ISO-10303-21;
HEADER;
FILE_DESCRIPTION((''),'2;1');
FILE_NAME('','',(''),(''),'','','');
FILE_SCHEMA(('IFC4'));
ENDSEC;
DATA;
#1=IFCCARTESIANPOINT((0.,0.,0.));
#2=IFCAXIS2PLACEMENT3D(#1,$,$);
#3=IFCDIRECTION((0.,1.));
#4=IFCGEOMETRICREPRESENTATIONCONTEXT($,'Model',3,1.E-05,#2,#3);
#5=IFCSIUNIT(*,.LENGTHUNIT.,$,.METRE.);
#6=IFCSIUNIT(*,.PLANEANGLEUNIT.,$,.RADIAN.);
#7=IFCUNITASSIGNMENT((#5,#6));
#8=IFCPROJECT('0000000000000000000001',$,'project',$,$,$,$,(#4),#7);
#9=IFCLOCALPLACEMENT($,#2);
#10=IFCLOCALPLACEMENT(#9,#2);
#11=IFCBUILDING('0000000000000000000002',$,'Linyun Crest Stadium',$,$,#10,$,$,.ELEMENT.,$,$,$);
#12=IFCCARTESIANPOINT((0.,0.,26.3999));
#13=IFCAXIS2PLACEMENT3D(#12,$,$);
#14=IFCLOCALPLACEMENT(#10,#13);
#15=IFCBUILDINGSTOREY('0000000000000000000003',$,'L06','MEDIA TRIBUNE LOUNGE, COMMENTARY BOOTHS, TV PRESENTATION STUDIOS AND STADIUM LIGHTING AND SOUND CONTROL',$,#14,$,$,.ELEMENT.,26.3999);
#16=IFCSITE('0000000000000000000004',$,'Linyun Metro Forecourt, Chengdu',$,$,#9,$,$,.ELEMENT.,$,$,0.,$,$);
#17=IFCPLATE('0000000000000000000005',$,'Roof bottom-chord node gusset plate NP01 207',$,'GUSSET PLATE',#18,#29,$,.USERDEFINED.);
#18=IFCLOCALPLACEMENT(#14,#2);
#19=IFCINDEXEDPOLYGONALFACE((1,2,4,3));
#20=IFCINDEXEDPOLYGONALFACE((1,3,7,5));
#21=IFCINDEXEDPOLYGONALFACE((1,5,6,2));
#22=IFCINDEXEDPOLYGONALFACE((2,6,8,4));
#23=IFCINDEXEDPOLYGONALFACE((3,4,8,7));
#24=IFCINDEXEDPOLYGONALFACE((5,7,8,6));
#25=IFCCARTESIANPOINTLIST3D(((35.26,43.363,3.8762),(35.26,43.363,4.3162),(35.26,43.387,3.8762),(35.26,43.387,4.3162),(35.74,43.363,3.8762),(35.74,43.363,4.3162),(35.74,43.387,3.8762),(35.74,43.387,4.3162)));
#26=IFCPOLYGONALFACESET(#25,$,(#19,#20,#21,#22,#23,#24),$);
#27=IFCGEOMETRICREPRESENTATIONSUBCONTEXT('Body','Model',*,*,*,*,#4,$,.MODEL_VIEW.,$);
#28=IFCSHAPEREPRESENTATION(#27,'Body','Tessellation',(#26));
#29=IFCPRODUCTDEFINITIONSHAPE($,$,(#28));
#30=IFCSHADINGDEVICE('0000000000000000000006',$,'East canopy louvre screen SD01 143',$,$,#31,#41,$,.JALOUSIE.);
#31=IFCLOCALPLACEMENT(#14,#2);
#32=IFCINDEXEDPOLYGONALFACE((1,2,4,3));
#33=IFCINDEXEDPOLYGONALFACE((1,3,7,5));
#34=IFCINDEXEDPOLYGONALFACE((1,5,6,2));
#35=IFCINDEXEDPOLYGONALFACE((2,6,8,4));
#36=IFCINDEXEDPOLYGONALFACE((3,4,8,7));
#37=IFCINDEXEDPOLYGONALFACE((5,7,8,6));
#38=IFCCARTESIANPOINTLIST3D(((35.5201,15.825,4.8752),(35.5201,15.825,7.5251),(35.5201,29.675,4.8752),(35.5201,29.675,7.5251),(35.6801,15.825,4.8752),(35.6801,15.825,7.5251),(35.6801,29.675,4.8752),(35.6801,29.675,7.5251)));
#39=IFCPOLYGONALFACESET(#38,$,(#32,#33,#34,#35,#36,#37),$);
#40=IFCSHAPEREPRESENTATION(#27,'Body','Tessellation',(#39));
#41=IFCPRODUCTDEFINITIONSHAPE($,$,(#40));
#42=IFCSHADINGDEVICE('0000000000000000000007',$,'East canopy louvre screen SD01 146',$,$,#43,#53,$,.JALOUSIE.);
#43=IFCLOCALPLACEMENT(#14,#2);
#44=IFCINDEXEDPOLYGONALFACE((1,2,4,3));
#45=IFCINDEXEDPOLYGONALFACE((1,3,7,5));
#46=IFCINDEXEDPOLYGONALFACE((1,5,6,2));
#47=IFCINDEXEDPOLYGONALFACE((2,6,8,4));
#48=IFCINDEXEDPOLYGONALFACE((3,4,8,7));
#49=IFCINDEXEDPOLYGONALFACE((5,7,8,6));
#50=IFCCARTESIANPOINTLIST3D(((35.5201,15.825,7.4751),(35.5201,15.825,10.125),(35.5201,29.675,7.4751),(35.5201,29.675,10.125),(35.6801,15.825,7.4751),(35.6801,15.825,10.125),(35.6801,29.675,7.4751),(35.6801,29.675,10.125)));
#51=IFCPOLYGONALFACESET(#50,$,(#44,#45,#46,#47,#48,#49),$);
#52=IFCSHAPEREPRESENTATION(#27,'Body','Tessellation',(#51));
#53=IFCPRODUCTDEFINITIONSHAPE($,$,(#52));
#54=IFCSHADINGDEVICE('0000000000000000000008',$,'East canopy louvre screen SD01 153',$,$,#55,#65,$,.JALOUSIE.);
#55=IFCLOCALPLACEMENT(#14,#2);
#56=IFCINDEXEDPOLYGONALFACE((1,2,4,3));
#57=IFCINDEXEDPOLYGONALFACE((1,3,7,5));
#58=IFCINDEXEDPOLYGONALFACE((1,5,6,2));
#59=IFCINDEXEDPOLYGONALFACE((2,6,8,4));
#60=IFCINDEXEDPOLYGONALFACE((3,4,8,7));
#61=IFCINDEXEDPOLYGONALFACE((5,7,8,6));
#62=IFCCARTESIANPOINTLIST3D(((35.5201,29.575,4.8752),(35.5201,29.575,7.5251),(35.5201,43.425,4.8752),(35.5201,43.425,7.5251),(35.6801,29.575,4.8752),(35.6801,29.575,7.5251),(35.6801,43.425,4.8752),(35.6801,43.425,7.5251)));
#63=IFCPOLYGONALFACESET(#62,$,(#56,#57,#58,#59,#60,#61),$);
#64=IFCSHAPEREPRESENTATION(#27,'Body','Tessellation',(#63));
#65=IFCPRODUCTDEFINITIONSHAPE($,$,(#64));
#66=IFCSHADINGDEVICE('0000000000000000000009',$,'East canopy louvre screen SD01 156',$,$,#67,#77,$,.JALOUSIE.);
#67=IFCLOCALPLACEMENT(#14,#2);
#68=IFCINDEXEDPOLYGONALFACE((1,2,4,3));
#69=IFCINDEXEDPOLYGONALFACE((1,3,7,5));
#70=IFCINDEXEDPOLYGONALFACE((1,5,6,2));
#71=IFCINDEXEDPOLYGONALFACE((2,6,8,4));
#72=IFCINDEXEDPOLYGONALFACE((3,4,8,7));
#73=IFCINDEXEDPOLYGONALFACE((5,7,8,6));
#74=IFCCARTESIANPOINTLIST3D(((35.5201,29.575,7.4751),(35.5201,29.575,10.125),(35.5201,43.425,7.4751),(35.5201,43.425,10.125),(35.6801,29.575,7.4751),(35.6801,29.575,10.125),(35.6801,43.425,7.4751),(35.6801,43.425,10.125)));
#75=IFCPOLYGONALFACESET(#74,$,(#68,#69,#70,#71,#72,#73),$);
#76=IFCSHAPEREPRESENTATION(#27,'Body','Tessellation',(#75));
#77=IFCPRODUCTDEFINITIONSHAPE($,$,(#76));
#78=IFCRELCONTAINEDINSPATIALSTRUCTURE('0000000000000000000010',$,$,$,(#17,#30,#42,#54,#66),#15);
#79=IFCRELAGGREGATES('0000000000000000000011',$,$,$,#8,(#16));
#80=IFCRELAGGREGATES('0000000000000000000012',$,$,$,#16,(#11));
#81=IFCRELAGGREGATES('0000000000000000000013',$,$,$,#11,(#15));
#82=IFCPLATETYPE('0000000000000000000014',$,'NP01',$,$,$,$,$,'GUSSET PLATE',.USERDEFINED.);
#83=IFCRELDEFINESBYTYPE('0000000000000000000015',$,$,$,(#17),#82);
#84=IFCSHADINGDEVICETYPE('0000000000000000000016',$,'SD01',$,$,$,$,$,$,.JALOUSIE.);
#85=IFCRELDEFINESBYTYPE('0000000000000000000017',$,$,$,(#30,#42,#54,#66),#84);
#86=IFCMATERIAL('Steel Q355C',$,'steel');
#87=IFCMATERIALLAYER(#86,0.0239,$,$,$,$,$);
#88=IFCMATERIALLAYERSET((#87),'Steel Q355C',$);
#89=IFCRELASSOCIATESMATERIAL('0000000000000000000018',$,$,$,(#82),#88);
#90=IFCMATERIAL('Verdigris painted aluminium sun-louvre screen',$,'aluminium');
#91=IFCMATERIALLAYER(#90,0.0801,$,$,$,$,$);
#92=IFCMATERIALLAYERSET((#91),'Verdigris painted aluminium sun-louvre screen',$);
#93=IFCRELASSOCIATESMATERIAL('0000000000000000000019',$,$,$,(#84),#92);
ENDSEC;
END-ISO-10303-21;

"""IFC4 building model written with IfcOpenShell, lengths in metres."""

from ifc_helpers import new_model, si_unit, direction, frame, origin, origin_2d, place, context, subcontext, project, spatial, rectangle, extrude, material, layer, layer_set, type_object, element, save


model = new_model("IFC4")

# Units and contexts
model_context = context("Model", 3, precision=1e-05, world=origin(), true_north=direction((0.0, 1.0)))
body_context = subcontext(model_context, "Body", "Model", "MODEL_VIEW")
ifc_project = project(units=[si_unit("LENGTHUNIT", "METRE"), si_unit("PLANEANGLEUNIT", "RADIAN")], contexts=[model_context])

# Site, building, storey
site_placement = place(None, origin())
site = spatial("IfcSite", under=ifc_project, at=site_placement, Name="Linyun Metro Forecourt, Chengdu", CompositionType="ELEMENT", RefElevation=0.0)
building_placement = place(site_placement, origin())
building = spatial("IfcBuilding", under=site, at=building_placement, Name="Linyun Crest Stadium", CompositionType="ELEMENT")
storey_placement = place(building_placement, frame((0.0, 0.0, 26.3999)))
storey = spatial("IfcBuildingStorey", under=building, at=storey_placement, Name="L06", Description="MEDIA TRIBUNE LOUNGE, COMMENTARY BOOTHS, TV PRESENTATION STUDIOS AND STADIUM LIGHTING AND SOUND CONTROL", CompositionType="ELEMENT", Elevation=26.3999)

# Plate
ifc_material_1 = material(Name="Steel Q355C", Category="steel")
ifc_layer_1 = layer(ifc_material_1, 0.0239)
ifc_layer_set_1 = layer_set([ifc_layer_1], Name="Steel Q355C")
plate_type_1 = type_object("IfcPlateType", Name="NP01", ElementType="GUSSET PLATE", PredefinedType="USERDEFINED", material=ifc_layer_set_1)
for number, where, z_axis, x_axis, name in (
    (1, (35.5, 43.375, 3.8762), (0.0, 0.0, 1.0), (1.0, 0.0, 0.0), "Roof bottom-chord node gusset plate NP01 207"),
):
    element("IfcPlate", number, at=place(storey_placement, frame(where, z_axis=z_axis, x_axis=x_axis)), inside=storey, type_object=plate_type_1, Name=name, ObjectType="GUSSET PLATE", PredefinedType="USERDEFINED", context=body_context, shape_type="SweptSolid", body=[
        extrude(rectangle(XDim=0.48, YDim=0.0239, at=origin_2d()), origin(), (0.0, 0.0, 1.0), 0.4399),
    ])

# Shading devices
ifc_material_2 = material(Name="Verdigris painted aluminium sun-louvre screen", Category="aluminium")
ifc_layer_2 = layer(ifc_material_2, 0.0801)
ifc_layer_set_2 = layer_set([ifc_layer_2], Name="Verdigris painted aluminium sun-louvre screen")
shading_device_type = type_object("IfcShadingDeviceType", Name="SD01", PredefinedType="JALOUSIE", material=ifc_layer_set_2)
for number, where, z_axis, x_axis, name in (
    (2, (35.6001, 22.75, 4.8752), (0.0, 0.0, 1.0), (1.0, 0.0, 0.0), "East canopy louvre screen SD01 143"),
    (3, (35.6001, 22.75, 7.4751), (0.0, 0.0, 1.0), (1.0, 0.0, 0.0), "East canopy louvre screen SD01 146"),
    (4, (35.6001, 36.5, 4.8752), (0.0, 0.0, 1.0), (1.0, 0.0, 0.0), "East canopy louvre screen SD01 153"),
    (5, (35.6001, 36.5, 7.4751), (0.0, 0.0, 1.0), (1.0, 0.0, 0.0), "East canopy louvre screen SD01 156"),
):
    element("IfcShadingDevice", number, at=place(storey_placement, frame(where, z_axis=z_axis, x_axis=x_axis)), inside=storey, type_object=shading_device_type, Name=name, PredefinedType="JALOUSIE", context=body_context, shape_type="SweptSolid", body=[
        extrude(rectangle(XDim=0.1599, YDim=13.8501, at=origin_2d()), origin(), (0.0, 0.0, 1.0), 2.6499),
    ])

save(model, "model.ifc")
